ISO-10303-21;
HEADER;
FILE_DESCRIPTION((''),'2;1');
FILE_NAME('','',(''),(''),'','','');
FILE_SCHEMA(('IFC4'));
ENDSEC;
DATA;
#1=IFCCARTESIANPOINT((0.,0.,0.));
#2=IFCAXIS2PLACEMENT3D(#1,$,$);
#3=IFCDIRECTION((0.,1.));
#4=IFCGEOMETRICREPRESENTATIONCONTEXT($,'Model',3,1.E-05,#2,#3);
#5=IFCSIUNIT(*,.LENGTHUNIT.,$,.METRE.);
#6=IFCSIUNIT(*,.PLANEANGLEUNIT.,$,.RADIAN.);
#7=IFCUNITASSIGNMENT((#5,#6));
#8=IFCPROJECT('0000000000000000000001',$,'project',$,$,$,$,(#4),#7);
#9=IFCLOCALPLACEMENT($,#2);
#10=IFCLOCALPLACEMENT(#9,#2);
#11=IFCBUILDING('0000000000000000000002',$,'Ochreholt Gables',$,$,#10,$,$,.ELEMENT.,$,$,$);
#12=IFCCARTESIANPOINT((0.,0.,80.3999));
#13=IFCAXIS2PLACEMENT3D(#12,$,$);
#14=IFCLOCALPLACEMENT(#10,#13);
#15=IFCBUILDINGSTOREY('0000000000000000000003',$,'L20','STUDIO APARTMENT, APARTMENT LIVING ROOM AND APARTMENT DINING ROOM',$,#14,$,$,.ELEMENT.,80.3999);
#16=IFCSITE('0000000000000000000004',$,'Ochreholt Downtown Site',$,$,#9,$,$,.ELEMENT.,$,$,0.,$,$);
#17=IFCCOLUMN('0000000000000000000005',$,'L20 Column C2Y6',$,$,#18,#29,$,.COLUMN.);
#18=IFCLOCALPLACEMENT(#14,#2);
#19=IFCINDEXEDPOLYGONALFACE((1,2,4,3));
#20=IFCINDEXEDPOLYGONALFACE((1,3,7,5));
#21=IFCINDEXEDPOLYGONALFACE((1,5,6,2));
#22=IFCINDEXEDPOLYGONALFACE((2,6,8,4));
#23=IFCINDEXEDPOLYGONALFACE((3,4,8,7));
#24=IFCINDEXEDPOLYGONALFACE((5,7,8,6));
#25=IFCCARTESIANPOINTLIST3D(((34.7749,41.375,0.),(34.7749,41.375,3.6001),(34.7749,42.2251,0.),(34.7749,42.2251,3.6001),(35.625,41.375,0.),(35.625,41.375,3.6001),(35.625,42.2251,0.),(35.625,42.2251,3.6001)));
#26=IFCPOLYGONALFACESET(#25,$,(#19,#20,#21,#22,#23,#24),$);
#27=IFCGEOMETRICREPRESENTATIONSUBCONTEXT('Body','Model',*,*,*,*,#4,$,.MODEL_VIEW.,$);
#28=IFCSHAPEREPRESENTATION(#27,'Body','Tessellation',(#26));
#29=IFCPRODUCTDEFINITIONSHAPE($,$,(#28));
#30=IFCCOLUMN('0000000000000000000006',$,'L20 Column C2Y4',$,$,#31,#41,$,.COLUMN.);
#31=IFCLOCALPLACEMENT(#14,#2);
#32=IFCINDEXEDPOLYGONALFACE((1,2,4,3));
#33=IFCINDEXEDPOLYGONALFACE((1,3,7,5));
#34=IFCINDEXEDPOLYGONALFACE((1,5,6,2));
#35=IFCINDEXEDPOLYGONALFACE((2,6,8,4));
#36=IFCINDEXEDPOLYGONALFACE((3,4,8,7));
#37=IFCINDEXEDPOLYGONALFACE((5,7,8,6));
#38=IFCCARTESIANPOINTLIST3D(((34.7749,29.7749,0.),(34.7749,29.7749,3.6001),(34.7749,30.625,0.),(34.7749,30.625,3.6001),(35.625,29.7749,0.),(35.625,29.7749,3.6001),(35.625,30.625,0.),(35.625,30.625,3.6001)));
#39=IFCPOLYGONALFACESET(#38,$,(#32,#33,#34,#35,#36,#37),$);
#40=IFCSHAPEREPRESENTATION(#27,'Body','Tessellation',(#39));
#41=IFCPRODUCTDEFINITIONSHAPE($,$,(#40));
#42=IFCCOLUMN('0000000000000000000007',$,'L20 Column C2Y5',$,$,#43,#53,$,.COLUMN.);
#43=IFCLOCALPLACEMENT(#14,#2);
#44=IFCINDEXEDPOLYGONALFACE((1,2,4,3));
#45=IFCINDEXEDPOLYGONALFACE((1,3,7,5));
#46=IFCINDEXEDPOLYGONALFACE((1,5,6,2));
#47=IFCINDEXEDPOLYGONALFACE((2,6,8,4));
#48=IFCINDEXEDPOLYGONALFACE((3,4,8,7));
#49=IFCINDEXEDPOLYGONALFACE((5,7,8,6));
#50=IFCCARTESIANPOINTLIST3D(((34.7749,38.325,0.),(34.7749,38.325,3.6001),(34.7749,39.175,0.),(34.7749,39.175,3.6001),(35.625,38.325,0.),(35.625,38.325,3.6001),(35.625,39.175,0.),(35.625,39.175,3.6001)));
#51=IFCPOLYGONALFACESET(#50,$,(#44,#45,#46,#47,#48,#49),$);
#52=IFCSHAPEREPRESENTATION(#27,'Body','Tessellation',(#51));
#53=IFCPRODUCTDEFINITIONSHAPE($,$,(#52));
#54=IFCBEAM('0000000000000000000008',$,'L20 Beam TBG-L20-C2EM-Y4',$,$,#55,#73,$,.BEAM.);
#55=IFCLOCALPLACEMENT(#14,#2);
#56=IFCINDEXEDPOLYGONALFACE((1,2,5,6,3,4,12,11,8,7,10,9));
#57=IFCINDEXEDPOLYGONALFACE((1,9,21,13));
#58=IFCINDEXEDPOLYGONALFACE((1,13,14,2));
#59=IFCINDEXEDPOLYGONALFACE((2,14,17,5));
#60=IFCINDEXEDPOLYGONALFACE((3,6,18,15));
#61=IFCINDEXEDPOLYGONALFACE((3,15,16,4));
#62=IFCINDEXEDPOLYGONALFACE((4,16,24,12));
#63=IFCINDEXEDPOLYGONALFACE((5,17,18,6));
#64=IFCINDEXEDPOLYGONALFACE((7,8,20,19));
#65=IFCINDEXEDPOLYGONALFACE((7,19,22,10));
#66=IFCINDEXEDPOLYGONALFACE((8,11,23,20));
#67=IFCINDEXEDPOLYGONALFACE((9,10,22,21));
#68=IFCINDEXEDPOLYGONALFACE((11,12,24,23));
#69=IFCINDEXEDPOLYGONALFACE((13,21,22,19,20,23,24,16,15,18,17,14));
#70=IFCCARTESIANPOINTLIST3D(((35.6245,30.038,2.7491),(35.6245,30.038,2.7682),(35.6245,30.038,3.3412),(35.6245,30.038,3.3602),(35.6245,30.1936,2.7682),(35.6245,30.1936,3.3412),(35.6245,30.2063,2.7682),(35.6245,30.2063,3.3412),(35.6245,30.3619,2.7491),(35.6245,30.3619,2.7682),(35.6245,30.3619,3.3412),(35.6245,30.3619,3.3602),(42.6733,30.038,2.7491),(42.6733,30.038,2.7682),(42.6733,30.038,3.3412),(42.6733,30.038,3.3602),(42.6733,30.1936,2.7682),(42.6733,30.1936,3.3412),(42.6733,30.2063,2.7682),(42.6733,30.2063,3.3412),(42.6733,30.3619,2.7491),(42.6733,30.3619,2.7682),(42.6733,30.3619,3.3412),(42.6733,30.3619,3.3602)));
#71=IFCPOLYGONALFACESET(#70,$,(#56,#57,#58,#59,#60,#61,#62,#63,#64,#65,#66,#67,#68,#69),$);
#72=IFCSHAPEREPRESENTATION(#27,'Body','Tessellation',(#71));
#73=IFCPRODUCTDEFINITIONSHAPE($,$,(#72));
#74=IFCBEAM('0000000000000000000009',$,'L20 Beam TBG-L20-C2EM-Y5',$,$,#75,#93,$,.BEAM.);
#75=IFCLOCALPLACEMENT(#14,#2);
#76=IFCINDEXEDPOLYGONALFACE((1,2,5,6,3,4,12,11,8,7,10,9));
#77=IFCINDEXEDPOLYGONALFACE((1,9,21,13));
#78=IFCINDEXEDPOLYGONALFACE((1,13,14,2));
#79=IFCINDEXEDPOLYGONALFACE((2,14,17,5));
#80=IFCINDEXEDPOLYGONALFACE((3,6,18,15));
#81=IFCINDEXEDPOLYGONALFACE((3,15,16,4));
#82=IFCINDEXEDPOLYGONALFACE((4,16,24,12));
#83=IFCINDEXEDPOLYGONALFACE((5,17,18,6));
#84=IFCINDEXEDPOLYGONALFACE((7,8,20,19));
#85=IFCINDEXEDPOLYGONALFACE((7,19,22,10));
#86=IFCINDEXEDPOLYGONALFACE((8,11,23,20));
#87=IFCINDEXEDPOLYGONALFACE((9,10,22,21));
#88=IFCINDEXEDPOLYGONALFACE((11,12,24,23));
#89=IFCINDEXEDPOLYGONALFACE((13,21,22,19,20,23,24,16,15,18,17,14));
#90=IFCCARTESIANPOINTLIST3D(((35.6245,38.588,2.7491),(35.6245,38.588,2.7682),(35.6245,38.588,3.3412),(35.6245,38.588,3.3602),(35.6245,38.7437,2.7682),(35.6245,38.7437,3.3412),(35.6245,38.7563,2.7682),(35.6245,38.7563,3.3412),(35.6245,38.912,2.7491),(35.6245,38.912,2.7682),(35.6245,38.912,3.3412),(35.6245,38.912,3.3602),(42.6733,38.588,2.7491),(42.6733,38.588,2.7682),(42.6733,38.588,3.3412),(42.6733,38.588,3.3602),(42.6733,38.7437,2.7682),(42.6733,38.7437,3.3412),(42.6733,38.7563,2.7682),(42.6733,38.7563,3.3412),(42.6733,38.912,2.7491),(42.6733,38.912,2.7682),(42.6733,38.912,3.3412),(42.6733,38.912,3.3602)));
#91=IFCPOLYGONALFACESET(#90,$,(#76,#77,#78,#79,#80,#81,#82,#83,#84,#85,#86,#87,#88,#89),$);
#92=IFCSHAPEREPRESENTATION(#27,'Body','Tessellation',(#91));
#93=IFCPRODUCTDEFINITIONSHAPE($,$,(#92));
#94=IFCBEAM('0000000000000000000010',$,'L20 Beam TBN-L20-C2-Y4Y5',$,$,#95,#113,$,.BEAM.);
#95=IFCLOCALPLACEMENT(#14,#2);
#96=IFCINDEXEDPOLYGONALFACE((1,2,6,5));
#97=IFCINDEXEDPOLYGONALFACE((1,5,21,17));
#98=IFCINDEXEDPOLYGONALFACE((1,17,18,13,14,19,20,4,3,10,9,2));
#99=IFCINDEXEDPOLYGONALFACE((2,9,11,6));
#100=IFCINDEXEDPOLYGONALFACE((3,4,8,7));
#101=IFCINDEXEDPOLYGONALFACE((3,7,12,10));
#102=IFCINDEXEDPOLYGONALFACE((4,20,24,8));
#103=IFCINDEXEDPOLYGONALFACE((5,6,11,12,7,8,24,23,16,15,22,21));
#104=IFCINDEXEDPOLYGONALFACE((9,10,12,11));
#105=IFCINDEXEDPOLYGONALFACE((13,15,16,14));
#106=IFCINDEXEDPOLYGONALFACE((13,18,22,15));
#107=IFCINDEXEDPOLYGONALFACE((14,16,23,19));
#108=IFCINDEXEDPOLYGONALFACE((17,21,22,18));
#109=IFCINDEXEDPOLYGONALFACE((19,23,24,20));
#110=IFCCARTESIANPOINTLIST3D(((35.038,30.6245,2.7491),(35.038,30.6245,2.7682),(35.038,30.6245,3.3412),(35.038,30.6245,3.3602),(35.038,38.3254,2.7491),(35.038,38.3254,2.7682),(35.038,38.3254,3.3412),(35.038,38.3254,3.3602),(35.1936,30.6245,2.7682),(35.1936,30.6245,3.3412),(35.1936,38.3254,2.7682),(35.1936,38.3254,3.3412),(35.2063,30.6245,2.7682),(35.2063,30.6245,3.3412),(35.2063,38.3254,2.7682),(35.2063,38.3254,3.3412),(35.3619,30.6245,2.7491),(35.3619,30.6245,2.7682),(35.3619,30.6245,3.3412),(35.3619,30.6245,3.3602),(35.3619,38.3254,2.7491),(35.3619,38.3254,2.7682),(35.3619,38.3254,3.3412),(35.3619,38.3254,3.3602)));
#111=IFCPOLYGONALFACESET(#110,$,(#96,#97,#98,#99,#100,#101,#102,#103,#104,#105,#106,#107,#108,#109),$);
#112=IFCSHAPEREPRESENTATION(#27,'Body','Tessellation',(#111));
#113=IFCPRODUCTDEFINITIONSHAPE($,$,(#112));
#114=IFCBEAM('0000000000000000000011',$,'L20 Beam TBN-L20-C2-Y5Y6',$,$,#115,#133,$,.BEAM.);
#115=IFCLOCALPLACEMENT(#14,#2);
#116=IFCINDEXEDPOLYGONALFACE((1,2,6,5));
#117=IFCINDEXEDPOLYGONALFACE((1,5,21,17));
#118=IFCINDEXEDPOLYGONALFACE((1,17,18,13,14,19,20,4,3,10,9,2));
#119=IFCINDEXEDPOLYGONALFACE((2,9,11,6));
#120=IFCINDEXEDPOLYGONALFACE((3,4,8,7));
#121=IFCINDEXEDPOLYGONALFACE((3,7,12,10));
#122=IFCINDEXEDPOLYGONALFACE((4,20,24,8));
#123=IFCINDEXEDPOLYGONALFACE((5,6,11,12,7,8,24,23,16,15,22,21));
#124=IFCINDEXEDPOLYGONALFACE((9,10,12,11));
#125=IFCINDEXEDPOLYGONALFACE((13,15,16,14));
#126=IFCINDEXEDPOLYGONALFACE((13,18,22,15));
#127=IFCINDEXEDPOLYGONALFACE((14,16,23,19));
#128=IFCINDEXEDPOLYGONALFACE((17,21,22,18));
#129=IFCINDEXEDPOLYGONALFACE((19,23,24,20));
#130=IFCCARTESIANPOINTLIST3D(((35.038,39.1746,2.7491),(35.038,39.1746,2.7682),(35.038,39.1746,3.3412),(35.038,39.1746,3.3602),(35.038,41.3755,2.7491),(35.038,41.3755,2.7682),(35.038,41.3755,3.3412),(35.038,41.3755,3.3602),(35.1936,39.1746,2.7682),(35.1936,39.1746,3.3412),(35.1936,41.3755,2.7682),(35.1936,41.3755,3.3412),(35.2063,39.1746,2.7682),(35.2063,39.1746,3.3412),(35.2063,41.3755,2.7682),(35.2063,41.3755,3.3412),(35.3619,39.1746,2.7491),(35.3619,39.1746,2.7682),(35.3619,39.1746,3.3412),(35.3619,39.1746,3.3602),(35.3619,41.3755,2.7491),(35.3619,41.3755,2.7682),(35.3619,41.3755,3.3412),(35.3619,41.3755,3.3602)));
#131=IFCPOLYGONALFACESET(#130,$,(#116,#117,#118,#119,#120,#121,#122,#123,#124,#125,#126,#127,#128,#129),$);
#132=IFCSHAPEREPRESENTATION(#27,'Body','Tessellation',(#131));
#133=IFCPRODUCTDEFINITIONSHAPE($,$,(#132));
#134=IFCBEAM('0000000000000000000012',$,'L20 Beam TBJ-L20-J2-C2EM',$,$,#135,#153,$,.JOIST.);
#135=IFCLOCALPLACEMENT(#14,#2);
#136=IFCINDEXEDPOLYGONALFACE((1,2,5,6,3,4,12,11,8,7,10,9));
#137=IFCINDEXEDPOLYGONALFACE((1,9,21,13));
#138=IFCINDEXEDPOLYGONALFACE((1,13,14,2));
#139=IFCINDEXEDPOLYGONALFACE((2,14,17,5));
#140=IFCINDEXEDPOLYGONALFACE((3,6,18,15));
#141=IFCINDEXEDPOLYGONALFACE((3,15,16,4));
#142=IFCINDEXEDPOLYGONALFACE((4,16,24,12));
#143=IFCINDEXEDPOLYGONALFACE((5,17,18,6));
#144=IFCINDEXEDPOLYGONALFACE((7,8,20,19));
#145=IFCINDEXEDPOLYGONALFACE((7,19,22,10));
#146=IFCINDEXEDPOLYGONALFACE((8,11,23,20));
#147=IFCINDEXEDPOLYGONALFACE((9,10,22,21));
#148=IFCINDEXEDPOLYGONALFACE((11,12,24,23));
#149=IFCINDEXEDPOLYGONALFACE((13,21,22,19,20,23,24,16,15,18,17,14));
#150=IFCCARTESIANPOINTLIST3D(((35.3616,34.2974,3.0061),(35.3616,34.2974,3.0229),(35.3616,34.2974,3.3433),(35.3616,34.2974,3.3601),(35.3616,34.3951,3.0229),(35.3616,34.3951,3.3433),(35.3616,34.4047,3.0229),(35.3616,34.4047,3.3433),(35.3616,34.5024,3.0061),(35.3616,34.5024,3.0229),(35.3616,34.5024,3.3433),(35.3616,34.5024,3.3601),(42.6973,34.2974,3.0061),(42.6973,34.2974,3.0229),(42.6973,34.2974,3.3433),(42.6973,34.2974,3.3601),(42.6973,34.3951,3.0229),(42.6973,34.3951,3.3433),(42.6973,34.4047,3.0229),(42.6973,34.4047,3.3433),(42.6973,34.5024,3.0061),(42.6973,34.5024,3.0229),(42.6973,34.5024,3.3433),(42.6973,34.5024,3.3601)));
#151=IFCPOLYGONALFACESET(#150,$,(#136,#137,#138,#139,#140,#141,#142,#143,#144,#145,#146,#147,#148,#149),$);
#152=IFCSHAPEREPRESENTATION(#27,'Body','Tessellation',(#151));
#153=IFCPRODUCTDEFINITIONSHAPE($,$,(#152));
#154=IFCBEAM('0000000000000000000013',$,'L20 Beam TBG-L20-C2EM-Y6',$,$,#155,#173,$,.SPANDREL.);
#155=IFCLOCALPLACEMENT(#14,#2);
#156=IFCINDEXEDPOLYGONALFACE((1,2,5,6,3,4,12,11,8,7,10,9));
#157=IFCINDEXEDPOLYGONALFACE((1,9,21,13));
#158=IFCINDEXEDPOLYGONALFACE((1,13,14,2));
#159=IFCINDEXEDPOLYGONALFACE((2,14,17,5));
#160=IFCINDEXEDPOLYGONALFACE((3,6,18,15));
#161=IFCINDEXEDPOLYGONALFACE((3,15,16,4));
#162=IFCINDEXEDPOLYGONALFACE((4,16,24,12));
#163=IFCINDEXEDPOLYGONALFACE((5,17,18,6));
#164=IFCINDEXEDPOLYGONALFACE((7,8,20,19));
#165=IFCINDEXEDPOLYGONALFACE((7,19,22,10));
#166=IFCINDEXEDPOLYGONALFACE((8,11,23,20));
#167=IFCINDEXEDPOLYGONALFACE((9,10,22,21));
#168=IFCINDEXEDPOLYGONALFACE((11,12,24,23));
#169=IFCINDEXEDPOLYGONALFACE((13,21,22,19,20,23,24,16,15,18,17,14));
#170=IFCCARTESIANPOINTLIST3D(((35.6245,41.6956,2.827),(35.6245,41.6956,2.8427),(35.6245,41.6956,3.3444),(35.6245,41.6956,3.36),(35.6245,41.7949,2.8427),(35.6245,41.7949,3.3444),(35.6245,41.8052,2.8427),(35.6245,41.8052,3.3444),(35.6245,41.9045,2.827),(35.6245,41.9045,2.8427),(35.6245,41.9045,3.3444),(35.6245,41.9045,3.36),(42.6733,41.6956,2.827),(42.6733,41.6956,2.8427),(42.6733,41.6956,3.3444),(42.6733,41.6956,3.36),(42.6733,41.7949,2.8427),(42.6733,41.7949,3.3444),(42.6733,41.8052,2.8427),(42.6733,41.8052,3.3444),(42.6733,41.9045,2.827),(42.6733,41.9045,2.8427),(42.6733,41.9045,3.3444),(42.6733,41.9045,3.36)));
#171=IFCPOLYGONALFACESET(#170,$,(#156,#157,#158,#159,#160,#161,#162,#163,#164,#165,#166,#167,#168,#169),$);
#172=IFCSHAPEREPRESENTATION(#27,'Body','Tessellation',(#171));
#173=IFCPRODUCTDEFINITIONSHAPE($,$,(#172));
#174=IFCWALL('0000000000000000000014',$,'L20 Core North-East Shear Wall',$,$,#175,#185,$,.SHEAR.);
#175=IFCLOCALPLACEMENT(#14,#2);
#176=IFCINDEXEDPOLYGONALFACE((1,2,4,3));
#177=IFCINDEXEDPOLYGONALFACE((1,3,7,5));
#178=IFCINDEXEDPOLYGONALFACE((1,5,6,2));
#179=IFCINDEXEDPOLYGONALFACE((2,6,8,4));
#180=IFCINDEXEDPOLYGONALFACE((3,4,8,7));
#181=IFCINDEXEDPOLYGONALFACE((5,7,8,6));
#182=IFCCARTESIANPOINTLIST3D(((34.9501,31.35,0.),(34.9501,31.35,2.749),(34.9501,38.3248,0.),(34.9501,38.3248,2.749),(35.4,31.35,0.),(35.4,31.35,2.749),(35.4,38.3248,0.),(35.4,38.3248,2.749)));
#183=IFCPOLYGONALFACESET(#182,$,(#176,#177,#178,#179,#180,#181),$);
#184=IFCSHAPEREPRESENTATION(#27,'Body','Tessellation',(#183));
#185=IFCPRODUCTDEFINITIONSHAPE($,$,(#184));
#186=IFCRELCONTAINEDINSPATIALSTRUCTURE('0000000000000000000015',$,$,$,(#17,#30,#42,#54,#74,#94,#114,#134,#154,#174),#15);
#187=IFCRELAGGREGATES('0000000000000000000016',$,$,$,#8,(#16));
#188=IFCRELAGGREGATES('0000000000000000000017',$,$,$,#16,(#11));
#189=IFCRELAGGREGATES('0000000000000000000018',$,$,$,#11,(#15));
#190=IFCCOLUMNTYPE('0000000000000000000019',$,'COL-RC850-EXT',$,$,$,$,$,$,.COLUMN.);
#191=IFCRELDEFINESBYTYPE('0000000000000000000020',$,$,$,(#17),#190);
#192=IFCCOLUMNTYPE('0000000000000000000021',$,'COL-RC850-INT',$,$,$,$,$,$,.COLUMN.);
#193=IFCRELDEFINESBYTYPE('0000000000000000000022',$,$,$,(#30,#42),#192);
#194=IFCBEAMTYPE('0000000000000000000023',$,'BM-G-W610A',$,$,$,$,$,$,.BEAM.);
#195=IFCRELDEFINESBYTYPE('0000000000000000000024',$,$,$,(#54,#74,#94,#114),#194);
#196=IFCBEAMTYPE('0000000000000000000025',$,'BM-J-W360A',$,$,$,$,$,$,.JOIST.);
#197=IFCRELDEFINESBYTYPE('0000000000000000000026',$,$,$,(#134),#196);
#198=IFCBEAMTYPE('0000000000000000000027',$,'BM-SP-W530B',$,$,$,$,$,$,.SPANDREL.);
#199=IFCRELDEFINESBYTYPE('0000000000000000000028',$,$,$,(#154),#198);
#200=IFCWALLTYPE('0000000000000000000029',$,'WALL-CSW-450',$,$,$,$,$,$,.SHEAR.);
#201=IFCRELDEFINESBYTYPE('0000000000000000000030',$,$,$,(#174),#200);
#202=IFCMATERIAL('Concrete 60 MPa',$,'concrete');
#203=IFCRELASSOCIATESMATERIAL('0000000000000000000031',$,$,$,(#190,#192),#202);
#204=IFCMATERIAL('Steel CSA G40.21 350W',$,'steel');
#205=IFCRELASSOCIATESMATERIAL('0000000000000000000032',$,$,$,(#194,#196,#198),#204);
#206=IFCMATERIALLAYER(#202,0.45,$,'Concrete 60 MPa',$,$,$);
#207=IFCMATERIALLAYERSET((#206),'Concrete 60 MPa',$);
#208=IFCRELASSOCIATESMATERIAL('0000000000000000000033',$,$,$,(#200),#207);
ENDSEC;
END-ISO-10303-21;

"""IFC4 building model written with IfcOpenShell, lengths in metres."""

from ifc_helpers import new_model, si_unit, direction, frame, frame_2d, origin, origin_2d, place, context, subcontext, project, spatial, rectangle, i_section, extrude, material, layer, layer_set, material_profile, profile_set, type_object, element, save


model = new_model("IFC4")

# Units and contexts
model_context = context("Model", 3, precision=1e-05, world=origin(), true_north=direction((0.0, 1.0)))
body_context = subcontext(model_context, "Body", "Model", "MODEL_VIEW")
ifc_project = project(units=[si_unit("LENGTHUNIT", "METRE"), si_unit("PLANEANGLEUNIT", "RADIAN")], contexts=[model_context])

# Site, building, storey
site_placement = place(None, origin())
site = spatial("IfcSite", under=ifc_project, at=site_placement, Name="Ochreholt Downtown Site", CompositionType="ELEMENT", RefElevation=0.0)
building_placement = place(site_placement, origin())
building = spatial("IfcBuilding", under=site, at=building_placement, Name="Ochreholt Gables", CompositionType="ELEMENT")
storey_placement = place(building_placement, frame((0.0, 0.0, 80.3999)))
storey = spatial("IfcBuildingStorey", under=building, at=storey_placement, Name="L20", Description="STUDIO APARTMENT, APARTMENT LIVING ROOM AND APARTMENT DINING ROOM", CompositionType="ELEMENT", Elevation=80.3999)

# Columns
ifc_material_1 = material(Name="Concrete 60 MPa", Category="concrete")
ifc_material_profile_1 = material_profile(ifc_material_1, rectangle(XDim=0.8501, YDim=0.8501, at=origin_2d()), Name="RC850X850")
ifc_profile_set_1 = profile_set([ifc_material_profile_1], Name="Concrete 60 MPa")
column_type_1 = type_object("IfcColumnType", Name="COL-RC850-EXT", PredefinedType="COLUMN", material=ifc_profile_set_1)
column_placement = place(storey_placement, frame((35.2, 41.8, 0.0), z_axis=(0.0, 0.0, 1.0), x_axis=(1.0, 0.0, 0.0)))
element("IfcColumn", 1, at=column_placement, inside=storey, type_object=column_type_1, Name="L20 Column C2Y6", PredefinedType="COLUMN", context=body_context, shape_type="SweptSolid", body=[
    extrude(rectangle(XDim=0.8501, YDim=0.8501, at=origin_2d()), origin(), (0.0, 0.0, 1.0), 3.6001),
])
ifc_material_profile_2 = material_profile(ifc_material_1, rectangle(XDim=0.8501, YDim=0.8501, at=origin_2d()), Name="RC850X850")
ifc_profile_set_2 = profile_set([ifc_material_profile_2], Name="Concrete 60 MPa")
column_type_2 = type_object("IfcColumnType", Name="COL-RC850-INT", PredefinedType="COLUMN", material=ifc_profile_set_2)
for number, where, z_axis, x_axis, name in (
    (2, (35.2, 30.2, 0.0), (0.0, 0.0, 1.0), (1.0, 0.0, 0.0), "L20 Column C2Y4"),
    (3, (35.2, 38.75, 0.0), (0.0, 0.0, 1.0), (1.0, 0.0, 0.0), "L20 Column C2Y5"),
):
    element("IfcColumn", number, at=place(storey_placement, frame(where, z_axis=z_axis, x_axis=x_axis)), inside=storey, type_object=column_type_2, Name=name, PredefinedType="COLUMN", context=body_context, shape_type="SweptSolid", body=[
        extrude(rectangle(XDim=0.8501, YDim=0.8501, at=origin_2d()), origin(), (0.0, 0.0, 1.0), 3.6001),
    ])

# Beams
ifc_material_2 = material(Name="Steel CSA G40.21 350W", Category="steel")
ifc_material_profile_3 = material_profile(ifc_material_2, i_section(OverallWidth=0.324, OverallDepth=0.6111, WebThickness=0.0127, FlangeThickness=0.019, at=origin_2d()), Name="W610X155")
ifc_profile_set_3 = profile_set([ifc_material_profile_3], Name="Steel CSA G40.21 350W")
beam_type_1 = type_object("IfcBeamType", Name="BM-G-W610A", PredefinedType="BEAM", material=ifc_profile_set_3)
for number, where, z_axis, x_axis, name in (
    (4, (35.6245, 30.2, 3.0547), (1.0, 0.0, 0.0), (0.0, 1.0, 0.0), "L20 Beam TBG-L20-C2EM-Y4"),
    (5, (35.6245, 38.75, 3.0547), (1.0, 0.0, 0.0), (0.0, 1.0, 0.0), "L20 Beam TBG-L20-C2EM-Y5"),
):
    element("IfcBeam", number, at=place(storey_placement, frame(where, z_axis=z_axis, x_axis=x_axis)), inside=storey, type_object=beam_type_1, Name=name, PredefinedType="BEAM", context=body_context, shape_type="SweptSolid", body=[
        extrude(i_section(OverallWidth=0.324, OverallDepth=0.6111, WebThickness=0.0127, FlangeThickness=0.019, at=origin_2d()), origin(), (0.0, 0.0, 1.0), 7.0488),
    ])
beam_1_placement = place(storey_placement, frame((35.2, 30.6245, 3.0547), z_axis=(0.0, 1.0, 0.0), x_axis=(-1.0, 0.0, 0.0)))
element("IfcBeam", 6, at=beam_1_placement, inside=storey, type_object=beam_type_1, Name="L20 Beam TBN-L20-C2-Y4Y5", PredefinedType="BEAM", context=body_context, shape_type="SweptSolid", body=[
    extrude(i_section(OverallWidth=0.324, OverallDepth=0.6111, WebThickness=0.0127, FlangeThickness=0.019, at=origin_2d()), origin(), (0.0, 0.0, 1.0), 7.7009),
])
beam_2_placement = place(storey_placement, frame((35.2, 39.1746, 3.0547), z_axis=(0.0, 1.0, 0.0), x_axis=(-1.0, 0.0, 0.0)))
element("IfcBeam", 7, at=beam_2_placement, inside=storey, type_object=beam_type_1, Name="L20 Beam TBN-L20-C2-Y5Y6", PredefinedType="BEAM", context=body_context, shape_type="SweptSolid", body=[
    extrude(i_section(OverallWidth=0.324, OverallDepth=0.6111, WebThickness=0.0127, FlangeThickness=0.019, at=origin_2d()), origin(), (0.0, 0.0, 1.0), 2.2009),
])
ifc_material_profile_4 = material_profile(ifc_material_2, i_section(OverallWidth=0.2051, OverallDepth=0.354, WebThickness=0.0095, FlangeThickness=0.0168, at=origin_2d()), Name="W360X79")
ifc_profile_set_4 = profile_set([ifc_material_profile_4], Name="Steel CSA G40.21 350W")
beam_type_2 = type_object("IfcBeamType", Name="BM-J-W360A", PredefinedType="JOIST", material=ifc_profile_set_4)
beam_3_placement = place(storey_placement, frame((35.3616, 34.3999, 3.1831), z_axis=(1.0, 0.0, 0.0), x_axis=(0.0, 1.0, 0.0)))
element("IfcBeam", 8, at=beam_3_placement, inside=storey, type_object=beam_type_2, Name="L20 Beam TBJ-L20-J2-C2EM", PredefinedType="JOIST", context=body_context, shape_type="SweptSolid", body=[
    extrude(i_section(OverallWidth=0.2051, OverallDepth=0.354, WebThickness=0.0095, FlangeThickness=0.0168, at=origin_2d()), origin(), (0.0, 0.0, 1.0), 7.3357),
])
ifc_material_profile_5 = material_profile(ifc_material_2, i_section(OverallWidth=0.209, OverallDepth=0.533, WebThickness=0.0103, FlangeThickness=0.0156, at=origin_2d()), Name="W530X92")
ifc_profile_set_5 = profile_set([ifc_material_profile_5], Name="Steel CSA G40.21 350W")
beam_type_3 = type_object("IfcBeamType", Name="BM-SP-W530B", PredefinedType="SPANDREL", material=ifc_profile_set_5)
beam_4_placement = place(storey_placement, frame((35.6245, 41.8, 3.0935), z_axis=(1.0, 0.0, 0.0), x_axis=(0.0, 1.0, 0.0)))
element("IfcBeam", 9, at=beam_4_placement, inside=storey, type_object=beam_type_3, Name="L20 Beam TBG-L20-C2EM-Y6", PredefinedType="SPANDREL", context=body_context, shape_type="SweptSolid", body=[
    extrude(i_section(OverallWidth=0.209, OverallDepth=0.533, WebThickness=0.0103, FlangeThickness=0.0156, at=origin_2d()), origin(), (0.0, 0.0, 1.0), 7.0488),
])

# Wall
ifc_layer_1 = layer(ifc_material_1, 0.45, Name="Concrete 60 MPa")
ifc_layer_set_1 = layer_set([ifc_layer_1], Name="Concrete 60 MPa")
wall_type_1 = type_object("IfcWallType", Name="WALL-CSW-450", PredefinedType="SHEAR", material=ifc_layer_set_1)
wall_1_placement = place(storey_placement, frame((35.175, 31.3501, 0.0), z_axis=(0.0, 0.0, 1.0), x_axis=(0.0, 1.0, 0.0)))
element("IfcWall", 10, at=wall_1_placement, inside=storey, type_object=wall_type_1, Name="L20 Core North-East Shear Wall", PredefinedType="SHEAR", context=body_context, shape_type="SweptSolid", body=[
    extrude(rectangle(XDim=6.9749, YDim=0.45, at=frame_2d((3.4873, 0.0))), origin(), (0.0, 0.0, 1.0), 2.749),
])

save(model, "model.ifc")
